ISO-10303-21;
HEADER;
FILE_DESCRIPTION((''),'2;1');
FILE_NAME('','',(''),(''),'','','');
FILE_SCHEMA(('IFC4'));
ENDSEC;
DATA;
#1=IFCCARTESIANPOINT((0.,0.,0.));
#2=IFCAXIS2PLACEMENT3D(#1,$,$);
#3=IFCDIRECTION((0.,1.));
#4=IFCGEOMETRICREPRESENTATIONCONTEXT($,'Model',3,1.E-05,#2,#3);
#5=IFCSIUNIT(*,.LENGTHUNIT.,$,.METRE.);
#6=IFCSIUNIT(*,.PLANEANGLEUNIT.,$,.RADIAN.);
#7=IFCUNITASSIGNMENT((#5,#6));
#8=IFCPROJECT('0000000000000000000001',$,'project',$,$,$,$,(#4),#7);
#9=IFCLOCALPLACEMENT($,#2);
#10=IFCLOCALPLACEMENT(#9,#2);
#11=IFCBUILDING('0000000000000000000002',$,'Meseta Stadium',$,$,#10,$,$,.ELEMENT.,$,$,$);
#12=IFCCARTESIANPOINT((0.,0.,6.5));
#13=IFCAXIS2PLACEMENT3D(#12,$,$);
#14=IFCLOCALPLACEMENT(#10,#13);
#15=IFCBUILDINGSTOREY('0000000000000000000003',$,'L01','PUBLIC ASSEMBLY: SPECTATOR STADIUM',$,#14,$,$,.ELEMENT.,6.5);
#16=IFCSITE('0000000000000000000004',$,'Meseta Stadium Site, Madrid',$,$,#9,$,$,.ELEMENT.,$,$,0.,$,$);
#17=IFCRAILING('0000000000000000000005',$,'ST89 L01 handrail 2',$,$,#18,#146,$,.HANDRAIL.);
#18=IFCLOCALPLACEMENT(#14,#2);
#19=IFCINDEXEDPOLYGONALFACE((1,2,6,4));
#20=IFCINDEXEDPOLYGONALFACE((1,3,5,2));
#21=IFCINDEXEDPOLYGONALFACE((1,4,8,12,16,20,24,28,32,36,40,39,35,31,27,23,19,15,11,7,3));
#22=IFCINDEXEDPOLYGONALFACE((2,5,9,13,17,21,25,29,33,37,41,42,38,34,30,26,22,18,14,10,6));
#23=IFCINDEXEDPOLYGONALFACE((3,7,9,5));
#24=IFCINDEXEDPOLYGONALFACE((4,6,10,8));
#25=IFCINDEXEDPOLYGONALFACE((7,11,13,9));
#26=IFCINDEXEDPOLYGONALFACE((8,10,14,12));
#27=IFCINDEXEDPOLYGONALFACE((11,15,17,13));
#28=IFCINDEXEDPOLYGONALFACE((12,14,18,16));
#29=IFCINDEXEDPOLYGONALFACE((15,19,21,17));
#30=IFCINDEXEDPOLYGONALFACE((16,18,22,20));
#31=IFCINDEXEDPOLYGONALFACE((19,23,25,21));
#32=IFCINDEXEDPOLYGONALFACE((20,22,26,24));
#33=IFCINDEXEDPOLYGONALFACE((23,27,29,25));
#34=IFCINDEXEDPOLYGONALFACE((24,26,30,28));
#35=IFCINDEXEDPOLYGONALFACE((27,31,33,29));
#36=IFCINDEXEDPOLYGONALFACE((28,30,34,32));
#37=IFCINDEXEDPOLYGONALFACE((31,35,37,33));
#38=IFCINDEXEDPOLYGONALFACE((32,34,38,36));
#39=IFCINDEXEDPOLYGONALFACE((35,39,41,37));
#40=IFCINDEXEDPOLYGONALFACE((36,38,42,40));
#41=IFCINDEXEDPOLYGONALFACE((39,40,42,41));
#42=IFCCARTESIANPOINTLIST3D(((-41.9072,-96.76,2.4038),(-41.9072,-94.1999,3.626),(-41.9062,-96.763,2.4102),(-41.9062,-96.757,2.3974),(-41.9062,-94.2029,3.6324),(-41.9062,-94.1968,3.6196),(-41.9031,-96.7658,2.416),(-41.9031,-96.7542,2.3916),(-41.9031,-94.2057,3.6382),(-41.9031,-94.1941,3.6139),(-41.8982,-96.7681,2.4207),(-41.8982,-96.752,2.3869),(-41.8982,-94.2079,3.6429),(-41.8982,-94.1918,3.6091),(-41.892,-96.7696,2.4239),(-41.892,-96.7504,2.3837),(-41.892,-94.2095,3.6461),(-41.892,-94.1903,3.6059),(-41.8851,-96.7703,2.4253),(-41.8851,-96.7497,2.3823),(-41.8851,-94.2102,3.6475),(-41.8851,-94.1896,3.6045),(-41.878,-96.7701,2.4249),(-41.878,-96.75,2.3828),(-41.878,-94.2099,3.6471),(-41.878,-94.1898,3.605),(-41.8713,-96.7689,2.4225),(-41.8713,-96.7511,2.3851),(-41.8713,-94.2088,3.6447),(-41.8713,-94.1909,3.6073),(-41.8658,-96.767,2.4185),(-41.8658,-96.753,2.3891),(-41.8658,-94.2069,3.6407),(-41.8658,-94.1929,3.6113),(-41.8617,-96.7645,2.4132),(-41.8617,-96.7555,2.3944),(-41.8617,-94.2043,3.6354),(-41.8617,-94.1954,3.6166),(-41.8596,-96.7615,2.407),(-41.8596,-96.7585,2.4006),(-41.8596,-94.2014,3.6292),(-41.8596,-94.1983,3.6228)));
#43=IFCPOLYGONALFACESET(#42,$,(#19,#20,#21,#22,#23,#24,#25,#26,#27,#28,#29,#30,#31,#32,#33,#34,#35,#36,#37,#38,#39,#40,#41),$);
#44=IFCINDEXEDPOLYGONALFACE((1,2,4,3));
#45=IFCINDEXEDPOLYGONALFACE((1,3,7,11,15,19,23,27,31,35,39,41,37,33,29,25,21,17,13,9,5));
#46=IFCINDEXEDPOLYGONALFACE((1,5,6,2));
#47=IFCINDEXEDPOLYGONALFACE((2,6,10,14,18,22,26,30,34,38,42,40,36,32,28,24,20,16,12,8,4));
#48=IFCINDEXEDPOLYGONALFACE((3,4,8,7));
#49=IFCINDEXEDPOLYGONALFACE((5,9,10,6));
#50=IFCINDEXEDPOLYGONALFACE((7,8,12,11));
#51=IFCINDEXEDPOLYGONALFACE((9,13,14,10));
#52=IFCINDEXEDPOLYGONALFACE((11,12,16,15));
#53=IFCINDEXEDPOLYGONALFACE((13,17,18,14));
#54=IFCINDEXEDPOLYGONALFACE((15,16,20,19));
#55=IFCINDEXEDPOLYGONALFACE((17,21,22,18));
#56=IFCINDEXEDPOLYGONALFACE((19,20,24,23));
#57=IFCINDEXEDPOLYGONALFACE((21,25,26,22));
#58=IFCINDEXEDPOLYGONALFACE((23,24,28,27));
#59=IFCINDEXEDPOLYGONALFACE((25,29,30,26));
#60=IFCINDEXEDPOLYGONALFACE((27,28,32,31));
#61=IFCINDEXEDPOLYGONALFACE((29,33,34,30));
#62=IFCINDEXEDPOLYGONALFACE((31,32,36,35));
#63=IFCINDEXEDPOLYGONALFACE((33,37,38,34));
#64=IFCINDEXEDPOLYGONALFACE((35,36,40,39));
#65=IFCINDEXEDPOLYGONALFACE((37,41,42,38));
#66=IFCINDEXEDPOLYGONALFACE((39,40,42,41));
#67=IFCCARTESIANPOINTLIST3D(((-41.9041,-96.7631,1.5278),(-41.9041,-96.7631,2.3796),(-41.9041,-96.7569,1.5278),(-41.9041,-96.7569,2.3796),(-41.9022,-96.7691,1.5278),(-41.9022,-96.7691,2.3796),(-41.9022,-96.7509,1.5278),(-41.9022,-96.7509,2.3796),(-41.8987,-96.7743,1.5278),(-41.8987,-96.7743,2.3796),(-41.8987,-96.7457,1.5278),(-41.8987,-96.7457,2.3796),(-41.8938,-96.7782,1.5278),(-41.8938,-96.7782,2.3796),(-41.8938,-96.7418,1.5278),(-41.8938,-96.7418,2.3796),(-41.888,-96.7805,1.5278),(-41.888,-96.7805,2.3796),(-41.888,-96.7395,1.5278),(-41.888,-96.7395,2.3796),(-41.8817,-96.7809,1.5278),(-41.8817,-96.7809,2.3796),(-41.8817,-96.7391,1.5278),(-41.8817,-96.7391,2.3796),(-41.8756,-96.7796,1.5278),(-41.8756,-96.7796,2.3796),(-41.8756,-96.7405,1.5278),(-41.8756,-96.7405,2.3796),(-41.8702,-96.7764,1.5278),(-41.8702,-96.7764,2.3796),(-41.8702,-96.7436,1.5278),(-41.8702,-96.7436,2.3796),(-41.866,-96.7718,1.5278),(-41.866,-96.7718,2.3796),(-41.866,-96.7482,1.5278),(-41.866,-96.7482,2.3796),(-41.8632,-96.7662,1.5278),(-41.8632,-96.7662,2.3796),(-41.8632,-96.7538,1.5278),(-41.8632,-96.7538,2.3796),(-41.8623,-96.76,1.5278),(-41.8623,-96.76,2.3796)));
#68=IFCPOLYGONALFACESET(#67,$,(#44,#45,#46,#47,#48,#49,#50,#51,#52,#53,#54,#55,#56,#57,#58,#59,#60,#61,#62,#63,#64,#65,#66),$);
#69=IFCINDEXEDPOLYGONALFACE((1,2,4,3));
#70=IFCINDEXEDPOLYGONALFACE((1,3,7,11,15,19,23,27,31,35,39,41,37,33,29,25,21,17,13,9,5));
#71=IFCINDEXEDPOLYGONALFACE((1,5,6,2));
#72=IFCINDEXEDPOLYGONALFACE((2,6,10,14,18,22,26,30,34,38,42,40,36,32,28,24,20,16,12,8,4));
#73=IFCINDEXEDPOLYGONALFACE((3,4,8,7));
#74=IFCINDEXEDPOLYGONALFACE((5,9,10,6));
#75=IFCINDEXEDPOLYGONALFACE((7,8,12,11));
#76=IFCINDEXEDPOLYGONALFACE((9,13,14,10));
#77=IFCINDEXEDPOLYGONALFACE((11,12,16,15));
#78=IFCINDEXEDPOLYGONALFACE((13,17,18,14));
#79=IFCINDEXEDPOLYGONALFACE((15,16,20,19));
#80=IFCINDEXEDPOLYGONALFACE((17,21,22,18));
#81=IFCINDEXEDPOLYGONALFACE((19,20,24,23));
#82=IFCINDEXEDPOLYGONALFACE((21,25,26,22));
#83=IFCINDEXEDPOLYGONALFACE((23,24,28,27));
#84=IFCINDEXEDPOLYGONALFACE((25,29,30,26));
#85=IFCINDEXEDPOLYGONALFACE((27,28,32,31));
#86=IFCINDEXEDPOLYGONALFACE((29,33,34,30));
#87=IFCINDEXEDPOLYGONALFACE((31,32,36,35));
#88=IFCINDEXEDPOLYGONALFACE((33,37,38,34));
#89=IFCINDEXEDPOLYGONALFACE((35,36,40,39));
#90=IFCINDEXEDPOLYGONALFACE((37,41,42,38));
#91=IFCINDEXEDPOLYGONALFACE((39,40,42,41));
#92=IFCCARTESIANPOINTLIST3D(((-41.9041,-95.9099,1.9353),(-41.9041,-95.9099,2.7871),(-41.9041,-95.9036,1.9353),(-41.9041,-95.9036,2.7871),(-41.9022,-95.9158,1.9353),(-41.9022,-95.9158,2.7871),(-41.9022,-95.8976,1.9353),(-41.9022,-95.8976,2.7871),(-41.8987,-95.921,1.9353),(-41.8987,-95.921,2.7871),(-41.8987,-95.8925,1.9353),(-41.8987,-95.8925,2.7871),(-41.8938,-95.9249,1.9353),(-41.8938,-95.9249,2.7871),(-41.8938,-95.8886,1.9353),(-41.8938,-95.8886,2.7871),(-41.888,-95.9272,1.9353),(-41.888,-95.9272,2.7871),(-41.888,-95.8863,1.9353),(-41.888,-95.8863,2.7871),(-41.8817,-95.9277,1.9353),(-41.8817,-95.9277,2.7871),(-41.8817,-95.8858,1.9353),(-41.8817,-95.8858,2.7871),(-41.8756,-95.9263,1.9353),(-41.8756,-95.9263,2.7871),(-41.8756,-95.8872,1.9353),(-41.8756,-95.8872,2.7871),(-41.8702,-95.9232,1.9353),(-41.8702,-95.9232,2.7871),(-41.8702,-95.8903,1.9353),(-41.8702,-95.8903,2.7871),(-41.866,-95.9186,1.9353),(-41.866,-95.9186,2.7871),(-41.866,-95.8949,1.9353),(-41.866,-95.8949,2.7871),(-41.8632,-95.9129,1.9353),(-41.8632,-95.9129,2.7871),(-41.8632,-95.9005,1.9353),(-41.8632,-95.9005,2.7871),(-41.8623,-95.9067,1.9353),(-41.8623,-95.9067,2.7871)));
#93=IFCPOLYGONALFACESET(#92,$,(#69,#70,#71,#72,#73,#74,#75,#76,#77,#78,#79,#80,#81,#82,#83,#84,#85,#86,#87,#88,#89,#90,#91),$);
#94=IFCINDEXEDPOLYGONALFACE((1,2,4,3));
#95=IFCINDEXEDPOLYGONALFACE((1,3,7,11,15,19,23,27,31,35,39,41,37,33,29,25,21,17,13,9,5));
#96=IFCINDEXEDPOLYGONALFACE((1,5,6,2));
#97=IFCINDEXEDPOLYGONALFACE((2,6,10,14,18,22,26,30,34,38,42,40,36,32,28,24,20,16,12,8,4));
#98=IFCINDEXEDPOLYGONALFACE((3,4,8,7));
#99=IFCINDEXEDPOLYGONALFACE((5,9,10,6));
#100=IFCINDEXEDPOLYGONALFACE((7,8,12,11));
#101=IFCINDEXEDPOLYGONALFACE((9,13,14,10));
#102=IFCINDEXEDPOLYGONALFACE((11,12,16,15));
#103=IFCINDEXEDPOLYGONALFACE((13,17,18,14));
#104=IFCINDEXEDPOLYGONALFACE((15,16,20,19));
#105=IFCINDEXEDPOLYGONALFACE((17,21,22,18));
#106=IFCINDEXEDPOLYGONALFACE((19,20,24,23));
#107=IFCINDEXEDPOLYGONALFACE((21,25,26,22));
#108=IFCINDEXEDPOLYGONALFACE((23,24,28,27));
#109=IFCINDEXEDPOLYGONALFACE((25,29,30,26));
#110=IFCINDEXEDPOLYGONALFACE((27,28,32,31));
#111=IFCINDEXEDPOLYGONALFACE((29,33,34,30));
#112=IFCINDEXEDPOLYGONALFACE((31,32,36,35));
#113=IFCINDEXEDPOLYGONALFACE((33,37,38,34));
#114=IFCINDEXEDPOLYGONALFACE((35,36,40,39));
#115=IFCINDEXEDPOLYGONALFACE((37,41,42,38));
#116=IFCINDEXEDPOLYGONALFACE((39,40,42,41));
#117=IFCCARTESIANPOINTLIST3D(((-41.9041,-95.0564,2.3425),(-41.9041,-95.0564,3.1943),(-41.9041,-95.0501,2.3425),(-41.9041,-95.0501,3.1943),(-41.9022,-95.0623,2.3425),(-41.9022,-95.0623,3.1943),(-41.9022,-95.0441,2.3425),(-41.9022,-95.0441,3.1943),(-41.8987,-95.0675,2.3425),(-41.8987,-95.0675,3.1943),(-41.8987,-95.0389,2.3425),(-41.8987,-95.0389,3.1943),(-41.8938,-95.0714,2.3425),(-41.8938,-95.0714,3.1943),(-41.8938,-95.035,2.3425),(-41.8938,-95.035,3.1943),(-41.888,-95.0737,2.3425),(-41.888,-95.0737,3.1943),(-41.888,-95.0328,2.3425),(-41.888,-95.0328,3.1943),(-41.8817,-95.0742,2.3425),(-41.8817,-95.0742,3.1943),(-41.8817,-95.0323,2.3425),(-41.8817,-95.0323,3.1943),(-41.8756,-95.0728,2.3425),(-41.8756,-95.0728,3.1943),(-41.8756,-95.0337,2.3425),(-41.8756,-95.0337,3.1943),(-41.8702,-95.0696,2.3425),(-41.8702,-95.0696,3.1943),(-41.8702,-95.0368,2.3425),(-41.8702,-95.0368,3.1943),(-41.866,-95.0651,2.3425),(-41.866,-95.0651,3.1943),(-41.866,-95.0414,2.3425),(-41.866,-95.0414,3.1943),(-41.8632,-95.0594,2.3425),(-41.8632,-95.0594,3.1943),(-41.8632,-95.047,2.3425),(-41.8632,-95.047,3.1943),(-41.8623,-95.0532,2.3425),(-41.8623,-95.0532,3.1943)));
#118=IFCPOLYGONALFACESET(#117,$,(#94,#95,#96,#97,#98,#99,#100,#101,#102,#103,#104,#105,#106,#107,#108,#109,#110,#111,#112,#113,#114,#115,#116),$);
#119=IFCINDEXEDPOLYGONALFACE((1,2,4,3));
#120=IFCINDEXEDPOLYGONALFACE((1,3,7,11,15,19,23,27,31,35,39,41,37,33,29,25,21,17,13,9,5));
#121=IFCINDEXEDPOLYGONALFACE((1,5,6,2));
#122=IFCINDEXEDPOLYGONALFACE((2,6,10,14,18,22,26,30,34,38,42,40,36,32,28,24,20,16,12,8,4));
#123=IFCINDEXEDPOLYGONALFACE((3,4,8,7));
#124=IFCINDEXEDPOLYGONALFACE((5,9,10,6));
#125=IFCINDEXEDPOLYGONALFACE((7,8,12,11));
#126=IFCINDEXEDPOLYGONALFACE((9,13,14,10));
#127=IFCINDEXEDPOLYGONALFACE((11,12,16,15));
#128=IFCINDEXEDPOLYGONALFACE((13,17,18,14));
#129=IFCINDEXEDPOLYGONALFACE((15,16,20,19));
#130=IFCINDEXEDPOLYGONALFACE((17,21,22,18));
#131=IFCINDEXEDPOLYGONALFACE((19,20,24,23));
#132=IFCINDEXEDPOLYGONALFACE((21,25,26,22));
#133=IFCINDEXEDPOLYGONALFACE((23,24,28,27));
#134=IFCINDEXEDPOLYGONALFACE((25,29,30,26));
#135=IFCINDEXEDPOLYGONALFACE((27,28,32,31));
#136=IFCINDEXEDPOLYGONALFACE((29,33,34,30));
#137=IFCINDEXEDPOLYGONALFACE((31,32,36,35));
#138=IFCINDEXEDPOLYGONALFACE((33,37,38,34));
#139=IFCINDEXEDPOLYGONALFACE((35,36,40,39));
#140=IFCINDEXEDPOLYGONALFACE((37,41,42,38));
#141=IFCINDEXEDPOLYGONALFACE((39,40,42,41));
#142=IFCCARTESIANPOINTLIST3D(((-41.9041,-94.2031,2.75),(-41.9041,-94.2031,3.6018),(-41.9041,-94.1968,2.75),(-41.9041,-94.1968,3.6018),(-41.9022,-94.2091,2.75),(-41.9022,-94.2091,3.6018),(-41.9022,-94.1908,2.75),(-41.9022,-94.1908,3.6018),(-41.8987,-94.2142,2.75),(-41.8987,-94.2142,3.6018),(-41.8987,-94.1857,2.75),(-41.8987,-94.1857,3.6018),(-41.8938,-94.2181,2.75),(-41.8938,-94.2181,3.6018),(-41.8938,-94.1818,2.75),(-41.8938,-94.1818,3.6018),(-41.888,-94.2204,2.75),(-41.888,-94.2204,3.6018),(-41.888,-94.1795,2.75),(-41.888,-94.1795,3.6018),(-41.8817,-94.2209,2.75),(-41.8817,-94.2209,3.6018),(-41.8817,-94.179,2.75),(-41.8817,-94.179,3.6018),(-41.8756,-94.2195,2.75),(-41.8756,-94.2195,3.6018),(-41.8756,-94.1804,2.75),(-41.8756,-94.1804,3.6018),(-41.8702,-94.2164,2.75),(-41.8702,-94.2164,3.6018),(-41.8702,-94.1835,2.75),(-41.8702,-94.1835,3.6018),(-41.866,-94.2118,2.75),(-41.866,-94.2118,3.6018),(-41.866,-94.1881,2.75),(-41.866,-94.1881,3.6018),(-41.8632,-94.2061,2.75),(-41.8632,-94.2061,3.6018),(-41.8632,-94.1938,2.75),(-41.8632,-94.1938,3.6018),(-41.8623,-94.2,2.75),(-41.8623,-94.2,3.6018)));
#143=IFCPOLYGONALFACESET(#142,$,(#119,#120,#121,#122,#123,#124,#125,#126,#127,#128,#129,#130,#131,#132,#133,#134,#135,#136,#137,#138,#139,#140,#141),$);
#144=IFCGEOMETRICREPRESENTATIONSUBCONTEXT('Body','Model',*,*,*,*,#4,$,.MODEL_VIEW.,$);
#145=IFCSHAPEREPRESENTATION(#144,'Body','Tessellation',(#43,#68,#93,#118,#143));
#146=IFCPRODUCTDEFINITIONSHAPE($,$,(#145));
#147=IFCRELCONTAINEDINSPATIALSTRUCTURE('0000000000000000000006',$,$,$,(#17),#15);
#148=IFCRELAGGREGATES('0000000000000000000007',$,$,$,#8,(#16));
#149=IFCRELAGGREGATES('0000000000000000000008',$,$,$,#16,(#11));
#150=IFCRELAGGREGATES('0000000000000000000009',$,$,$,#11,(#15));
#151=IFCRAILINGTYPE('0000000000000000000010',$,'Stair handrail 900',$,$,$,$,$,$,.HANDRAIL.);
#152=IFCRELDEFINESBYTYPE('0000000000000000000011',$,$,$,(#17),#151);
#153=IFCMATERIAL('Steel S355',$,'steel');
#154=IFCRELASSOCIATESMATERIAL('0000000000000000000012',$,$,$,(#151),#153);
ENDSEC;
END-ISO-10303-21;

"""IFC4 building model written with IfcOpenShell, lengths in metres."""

from ifc_helpers import new_model, si_unit, direction, frame, origin, origin_2d, place, context, subcontext, project, spatial, circle, extrude, material, type_object, element, save


model = new_model("IFC4")

# Units and contexts
model_context = context("Model", 3, precision=1e-05, world=origin(), true_north=direction((0.0, 1.0)))
body_context = subcontext(model_context, "Body", "Model", "MODEL_VIEW")
ifc_project = project(units=[si_unit("LENGTHUNIT", "METRE"), si_unit("PLANEANGLEUNIT", "RADIAN")], contexts=[model_context])

# Site, building, storey
site_placement = place(None, origin())
site = spatial("IfcSite", under=ifc_project, at=site_placement, Name="Meseta Stadium Site, Madrid", CompositionType="ELEMENT", RefElevation=0.0)
building_placement = place(site_placement, origin())
building = spatial("IfcBuilding", under=site, at=building_placement, Name="Meseta Stadium", CompositionType="ELEMENT")
storey_placement = place(building_placement, frame((0.0, 0.0, 6.5)))
storey = spatial("IfcBuildingStorey", under=building, at=storey_placement, Name="L01", Description="PUBLIC ASSEMBLY: SPECTATOR STADIUM", CompositionType="ELEMENT", Elevation=6.5)

# Railing
ifc_material_1 = material(Name="Steel S355", Category="steel")
railing_type_1 = type_object("IfcRailingType", Name="Stair handrail 900", PredefinedType="HANDRAIL", material=ifc_material_1)
railing_1_placement = place(storey_placement, frame((-41.8833, -96.76, 1.5278)))
element("IfcRailing", 1, at=railing_1_placement, inside=storey, type_object=railing_type_1, Name="ST89 L01 handrail 2", PredefinedType="HANDRAIL", context=body_context, shape_type="SweptSolid", body=[
    extrude(circle(Radius=0.0239, at=origin_2d()), frame((0.0, 0.0, 0.876), z_axis=(0.0, 0.902437, 0.430822), x_axis=(-1.0, 0.0, 0.0)), (0.0, 0.0, 1.0), 2.8369),
    extrude(circle(Radius=0.021, at=origin_2d()), origin(), (0.0, 0.0, 1.0), 0.8518),
    extrude(circle(Radius=0.021, at=origin_2d()), frame((0.0, 0.8533, 0.4075)), (0.0, 0.0, 1.0), 0.8518),
    extrude(circle(Radius=0.021, at=origin_2d()), frame((0.0, 1.7068, 0.8147)), (0.0, 0.0, 1.0), 0.8518),
    extrude(circle(Radius=0.021, at=origin_2d()), frame((0.0, 2.5601, 1.2222)), (0.0, 0.0, 1.0), 0.8518),
])

save(model, "model.ifc")
